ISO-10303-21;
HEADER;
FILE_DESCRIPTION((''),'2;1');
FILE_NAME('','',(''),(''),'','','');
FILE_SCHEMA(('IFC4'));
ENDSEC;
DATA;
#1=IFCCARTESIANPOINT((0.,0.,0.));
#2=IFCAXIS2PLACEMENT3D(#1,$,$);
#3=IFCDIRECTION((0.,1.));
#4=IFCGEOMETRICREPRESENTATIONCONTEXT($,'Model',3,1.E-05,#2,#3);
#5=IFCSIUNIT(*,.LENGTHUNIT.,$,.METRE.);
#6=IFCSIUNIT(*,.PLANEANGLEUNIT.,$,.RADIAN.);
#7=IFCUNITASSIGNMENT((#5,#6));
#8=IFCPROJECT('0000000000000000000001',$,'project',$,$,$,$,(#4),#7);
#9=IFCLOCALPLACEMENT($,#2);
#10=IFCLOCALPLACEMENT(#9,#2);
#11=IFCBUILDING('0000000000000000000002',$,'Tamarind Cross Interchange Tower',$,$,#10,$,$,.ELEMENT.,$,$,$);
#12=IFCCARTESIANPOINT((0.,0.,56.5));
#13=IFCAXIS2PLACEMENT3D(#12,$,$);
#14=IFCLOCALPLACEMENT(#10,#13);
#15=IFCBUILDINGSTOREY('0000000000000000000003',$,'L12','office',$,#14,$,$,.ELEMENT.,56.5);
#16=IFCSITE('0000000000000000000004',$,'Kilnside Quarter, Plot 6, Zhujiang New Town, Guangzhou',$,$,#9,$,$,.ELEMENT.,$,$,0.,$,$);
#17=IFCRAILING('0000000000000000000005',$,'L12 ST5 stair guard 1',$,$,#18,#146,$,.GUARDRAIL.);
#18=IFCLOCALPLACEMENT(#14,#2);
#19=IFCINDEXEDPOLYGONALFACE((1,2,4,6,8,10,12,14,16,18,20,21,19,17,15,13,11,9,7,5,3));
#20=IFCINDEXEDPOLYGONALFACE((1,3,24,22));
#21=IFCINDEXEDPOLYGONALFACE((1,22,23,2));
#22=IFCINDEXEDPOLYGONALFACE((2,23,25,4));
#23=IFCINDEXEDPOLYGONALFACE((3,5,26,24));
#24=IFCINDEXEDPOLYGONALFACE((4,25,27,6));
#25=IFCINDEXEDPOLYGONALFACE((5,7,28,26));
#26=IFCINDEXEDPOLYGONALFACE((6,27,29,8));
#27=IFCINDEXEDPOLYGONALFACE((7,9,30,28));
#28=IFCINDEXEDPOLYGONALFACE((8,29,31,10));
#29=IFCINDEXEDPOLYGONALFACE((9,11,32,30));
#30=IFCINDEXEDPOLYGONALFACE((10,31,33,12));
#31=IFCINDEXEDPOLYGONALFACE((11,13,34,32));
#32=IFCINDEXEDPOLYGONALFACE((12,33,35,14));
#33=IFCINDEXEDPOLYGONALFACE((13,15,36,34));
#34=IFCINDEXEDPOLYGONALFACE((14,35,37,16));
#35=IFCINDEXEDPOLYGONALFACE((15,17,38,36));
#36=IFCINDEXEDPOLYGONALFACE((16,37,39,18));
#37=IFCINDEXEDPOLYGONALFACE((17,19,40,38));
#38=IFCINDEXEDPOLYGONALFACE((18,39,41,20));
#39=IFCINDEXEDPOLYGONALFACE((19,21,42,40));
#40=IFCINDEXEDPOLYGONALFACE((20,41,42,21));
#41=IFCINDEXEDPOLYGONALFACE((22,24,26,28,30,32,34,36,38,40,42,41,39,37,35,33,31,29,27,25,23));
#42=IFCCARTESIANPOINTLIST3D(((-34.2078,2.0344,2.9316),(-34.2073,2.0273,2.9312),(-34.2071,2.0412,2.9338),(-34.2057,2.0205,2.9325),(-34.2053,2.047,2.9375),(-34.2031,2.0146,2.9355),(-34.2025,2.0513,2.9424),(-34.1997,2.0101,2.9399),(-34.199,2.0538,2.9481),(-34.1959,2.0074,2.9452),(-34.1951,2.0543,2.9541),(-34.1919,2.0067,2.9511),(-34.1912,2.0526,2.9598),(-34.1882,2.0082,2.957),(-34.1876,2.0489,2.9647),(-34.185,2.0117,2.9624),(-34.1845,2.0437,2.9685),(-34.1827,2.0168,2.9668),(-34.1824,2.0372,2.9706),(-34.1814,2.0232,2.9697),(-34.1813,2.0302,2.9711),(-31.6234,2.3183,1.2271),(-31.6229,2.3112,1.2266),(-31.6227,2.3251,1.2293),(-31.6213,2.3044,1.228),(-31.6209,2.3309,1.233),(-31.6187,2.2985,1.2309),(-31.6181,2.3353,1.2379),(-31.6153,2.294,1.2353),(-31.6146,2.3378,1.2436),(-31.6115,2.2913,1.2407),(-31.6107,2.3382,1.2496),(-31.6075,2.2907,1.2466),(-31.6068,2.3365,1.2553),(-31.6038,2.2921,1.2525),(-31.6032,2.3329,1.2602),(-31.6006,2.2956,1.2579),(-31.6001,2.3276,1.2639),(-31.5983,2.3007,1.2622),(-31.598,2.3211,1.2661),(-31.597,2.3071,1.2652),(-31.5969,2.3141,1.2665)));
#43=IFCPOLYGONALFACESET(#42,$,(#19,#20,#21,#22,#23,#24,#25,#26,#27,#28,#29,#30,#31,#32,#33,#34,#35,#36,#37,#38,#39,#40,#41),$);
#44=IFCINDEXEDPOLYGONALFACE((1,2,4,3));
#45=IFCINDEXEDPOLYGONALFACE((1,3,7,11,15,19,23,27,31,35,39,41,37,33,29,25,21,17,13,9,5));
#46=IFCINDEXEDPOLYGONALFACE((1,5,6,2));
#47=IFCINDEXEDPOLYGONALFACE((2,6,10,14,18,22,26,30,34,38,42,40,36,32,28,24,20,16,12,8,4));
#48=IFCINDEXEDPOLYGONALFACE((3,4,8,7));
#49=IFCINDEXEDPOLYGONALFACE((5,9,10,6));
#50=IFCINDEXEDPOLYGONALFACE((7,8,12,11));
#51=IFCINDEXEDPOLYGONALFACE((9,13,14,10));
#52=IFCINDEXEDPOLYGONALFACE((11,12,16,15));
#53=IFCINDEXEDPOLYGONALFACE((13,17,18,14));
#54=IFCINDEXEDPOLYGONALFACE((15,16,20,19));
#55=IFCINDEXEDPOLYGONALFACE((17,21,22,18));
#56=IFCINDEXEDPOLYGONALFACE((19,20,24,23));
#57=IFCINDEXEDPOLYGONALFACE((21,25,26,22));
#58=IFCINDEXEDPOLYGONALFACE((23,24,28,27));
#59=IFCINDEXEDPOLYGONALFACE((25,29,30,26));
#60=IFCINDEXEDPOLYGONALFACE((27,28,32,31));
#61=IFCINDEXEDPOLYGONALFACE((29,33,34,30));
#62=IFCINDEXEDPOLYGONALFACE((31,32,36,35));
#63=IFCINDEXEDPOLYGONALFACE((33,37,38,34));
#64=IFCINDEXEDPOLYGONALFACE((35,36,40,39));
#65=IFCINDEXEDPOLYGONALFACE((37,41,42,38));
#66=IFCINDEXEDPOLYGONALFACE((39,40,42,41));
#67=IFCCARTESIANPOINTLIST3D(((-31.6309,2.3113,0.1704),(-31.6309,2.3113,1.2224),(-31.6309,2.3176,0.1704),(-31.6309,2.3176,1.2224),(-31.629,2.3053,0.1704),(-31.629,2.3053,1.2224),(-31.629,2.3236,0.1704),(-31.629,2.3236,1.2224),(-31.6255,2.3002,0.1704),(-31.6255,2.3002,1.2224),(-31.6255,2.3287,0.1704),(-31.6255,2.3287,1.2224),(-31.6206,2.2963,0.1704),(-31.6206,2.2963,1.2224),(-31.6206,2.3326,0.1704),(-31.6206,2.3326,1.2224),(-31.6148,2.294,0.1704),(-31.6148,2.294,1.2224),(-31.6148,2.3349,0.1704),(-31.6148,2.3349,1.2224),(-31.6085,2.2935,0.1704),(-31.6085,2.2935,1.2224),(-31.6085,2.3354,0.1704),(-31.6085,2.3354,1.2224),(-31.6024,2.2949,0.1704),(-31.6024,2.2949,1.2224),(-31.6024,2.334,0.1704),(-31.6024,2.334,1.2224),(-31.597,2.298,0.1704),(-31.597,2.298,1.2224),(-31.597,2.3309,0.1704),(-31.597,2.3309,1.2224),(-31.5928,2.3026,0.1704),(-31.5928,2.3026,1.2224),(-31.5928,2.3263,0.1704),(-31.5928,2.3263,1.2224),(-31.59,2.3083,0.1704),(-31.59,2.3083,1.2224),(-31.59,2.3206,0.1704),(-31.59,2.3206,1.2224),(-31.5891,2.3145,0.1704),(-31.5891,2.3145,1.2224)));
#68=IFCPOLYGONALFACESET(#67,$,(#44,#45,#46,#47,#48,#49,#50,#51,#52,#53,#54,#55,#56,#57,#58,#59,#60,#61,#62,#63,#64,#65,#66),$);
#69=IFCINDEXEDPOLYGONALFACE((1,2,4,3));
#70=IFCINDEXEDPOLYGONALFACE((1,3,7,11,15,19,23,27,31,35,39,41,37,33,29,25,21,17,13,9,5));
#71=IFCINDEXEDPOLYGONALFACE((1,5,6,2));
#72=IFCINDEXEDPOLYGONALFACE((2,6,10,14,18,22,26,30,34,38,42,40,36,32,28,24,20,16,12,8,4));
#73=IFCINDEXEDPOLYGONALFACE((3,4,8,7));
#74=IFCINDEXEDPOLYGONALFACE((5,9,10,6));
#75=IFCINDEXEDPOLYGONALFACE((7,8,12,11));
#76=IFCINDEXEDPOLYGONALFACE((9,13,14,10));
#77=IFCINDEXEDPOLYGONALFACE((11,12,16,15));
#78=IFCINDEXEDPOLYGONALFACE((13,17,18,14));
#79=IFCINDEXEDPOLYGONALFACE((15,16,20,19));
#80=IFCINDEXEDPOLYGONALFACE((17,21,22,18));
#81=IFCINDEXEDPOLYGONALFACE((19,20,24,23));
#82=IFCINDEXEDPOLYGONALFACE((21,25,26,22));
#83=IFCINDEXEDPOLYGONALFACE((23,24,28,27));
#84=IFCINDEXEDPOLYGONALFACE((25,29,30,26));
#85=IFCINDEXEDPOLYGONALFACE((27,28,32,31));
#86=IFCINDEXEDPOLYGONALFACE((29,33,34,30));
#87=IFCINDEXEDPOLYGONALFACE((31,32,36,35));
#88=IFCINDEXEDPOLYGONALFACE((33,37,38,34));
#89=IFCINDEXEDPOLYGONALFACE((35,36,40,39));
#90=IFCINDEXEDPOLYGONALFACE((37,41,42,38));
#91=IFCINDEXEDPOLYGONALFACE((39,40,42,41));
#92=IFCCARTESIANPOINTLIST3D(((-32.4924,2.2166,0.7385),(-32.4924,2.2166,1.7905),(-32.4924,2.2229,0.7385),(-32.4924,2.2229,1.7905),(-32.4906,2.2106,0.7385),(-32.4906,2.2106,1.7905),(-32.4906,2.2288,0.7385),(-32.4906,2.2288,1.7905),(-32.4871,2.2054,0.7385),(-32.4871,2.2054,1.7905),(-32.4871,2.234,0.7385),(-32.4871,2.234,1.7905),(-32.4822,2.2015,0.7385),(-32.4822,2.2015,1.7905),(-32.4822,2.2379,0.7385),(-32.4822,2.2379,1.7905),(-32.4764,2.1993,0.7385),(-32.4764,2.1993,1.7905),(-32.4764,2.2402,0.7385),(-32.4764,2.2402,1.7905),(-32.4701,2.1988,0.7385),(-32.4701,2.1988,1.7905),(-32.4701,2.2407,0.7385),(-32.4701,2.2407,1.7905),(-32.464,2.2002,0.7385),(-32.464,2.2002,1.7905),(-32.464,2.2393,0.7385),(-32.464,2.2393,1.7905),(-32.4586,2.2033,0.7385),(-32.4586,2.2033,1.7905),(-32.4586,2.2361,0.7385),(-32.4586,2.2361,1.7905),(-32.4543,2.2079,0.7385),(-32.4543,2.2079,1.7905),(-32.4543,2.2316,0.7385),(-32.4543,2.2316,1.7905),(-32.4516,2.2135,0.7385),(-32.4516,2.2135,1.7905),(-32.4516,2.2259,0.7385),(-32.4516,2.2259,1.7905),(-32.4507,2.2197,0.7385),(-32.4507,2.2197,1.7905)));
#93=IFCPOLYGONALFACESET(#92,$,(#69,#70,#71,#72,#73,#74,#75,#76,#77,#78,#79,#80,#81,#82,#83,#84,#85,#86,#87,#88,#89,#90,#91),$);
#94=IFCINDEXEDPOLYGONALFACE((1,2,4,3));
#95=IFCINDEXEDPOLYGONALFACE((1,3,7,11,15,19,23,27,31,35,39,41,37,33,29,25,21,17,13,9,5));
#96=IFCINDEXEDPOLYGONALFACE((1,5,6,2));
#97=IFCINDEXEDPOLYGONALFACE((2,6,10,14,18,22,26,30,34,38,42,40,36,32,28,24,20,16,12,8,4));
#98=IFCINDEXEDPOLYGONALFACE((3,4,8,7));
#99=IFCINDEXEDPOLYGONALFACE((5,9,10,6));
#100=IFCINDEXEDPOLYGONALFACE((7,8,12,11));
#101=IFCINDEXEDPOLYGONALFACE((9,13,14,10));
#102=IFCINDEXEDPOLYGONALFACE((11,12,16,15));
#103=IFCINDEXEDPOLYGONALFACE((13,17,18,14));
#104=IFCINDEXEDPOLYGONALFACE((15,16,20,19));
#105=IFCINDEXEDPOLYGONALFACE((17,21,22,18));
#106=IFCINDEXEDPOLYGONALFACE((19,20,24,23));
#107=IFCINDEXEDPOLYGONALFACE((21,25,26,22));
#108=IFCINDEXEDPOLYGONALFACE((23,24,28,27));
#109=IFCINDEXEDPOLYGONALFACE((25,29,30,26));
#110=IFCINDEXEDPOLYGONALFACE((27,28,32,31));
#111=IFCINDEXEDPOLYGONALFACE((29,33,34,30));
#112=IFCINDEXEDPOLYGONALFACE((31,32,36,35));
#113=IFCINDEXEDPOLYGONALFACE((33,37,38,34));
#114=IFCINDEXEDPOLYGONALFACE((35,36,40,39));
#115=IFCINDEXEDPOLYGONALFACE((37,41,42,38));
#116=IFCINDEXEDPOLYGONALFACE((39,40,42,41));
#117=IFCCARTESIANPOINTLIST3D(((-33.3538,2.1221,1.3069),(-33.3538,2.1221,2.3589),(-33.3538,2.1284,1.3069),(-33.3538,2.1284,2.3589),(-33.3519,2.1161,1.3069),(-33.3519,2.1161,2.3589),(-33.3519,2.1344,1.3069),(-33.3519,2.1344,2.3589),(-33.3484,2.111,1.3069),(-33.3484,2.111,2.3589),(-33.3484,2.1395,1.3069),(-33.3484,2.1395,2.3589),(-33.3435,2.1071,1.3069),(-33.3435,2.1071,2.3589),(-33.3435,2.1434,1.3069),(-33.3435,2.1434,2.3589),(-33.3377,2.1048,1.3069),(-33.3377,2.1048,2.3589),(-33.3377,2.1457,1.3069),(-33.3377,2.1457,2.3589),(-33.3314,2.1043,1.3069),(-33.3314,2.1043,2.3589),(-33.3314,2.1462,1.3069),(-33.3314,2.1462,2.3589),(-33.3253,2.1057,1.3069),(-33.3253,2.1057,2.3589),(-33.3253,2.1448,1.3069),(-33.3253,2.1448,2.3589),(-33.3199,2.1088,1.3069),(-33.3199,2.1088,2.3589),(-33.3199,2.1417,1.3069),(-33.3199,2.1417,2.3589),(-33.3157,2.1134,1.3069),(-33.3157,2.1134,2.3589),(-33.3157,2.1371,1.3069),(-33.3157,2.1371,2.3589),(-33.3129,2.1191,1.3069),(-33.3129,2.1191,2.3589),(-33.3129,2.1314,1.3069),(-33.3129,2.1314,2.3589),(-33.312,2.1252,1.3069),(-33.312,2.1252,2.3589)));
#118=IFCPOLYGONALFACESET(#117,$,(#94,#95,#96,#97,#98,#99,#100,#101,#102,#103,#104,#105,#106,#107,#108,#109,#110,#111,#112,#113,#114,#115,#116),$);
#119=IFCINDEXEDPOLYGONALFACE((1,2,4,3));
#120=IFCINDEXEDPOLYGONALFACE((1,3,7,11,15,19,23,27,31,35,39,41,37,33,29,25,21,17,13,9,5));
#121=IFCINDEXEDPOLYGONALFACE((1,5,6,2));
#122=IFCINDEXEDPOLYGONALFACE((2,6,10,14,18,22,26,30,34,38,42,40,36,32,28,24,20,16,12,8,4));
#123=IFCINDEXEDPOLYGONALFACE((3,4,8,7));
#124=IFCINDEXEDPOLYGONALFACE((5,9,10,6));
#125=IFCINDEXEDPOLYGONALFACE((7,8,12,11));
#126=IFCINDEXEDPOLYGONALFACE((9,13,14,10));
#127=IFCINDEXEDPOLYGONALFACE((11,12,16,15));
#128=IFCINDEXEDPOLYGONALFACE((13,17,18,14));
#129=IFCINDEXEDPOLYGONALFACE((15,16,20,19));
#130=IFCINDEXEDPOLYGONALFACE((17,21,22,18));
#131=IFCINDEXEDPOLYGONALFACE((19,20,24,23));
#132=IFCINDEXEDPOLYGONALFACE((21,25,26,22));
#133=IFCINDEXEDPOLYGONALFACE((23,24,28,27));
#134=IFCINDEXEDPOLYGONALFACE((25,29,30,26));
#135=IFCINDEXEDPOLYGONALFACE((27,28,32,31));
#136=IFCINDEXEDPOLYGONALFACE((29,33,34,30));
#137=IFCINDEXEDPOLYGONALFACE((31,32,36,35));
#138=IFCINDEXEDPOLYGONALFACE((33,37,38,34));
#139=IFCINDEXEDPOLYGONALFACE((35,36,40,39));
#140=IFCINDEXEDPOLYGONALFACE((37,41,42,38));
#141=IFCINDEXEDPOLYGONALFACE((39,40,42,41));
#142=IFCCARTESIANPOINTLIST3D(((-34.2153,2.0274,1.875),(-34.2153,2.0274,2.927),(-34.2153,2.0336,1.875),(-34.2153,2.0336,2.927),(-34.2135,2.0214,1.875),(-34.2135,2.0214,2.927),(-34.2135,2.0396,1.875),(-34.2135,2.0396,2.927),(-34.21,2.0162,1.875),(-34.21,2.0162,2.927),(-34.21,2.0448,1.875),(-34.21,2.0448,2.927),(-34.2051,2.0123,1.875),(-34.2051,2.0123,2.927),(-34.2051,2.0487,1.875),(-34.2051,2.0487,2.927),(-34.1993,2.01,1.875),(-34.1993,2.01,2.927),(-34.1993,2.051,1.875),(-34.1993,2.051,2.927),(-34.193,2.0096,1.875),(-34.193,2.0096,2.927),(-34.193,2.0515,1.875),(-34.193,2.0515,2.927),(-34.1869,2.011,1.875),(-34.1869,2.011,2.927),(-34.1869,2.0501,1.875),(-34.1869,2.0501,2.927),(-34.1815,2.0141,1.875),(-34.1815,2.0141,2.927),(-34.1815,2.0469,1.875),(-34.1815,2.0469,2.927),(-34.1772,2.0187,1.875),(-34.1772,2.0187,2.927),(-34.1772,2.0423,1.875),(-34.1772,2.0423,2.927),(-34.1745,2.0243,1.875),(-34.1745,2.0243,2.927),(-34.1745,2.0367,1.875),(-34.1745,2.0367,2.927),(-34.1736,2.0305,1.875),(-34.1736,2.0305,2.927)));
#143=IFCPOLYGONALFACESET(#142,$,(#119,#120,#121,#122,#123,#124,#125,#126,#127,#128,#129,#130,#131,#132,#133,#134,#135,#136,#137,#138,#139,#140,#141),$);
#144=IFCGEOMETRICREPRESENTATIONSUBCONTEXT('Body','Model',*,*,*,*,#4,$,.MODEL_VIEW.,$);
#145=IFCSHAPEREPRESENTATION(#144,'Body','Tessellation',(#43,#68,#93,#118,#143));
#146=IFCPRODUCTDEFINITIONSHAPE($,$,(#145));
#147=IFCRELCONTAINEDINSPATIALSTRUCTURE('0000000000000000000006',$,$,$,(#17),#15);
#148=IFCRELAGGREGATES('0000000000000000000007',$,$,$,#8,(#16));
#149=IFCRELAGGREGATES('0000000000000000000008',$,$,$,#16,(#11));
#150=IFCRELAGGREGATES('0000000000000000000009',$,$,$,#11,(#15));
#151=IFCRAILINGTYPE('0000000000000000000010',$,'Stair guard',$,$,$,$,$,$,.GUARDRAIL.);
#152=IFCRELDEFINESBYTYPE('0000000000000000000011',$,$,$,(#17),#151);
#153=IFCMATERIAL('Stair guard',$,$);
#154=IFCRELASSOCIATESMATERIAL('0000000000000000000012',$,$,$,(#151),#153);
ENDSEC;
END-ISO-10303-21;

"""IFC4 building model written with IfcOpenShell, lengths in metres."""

from ifc_helpers import new_model, si_unit, direction, frame, origin, origin_2d, place, context, subcontext, project, spatial, circle, extrude, material, type_object, element, save


model = new_model("IFC4")

# Units and contexts
model_context = context("Model", 3, precision=1e-05, world=origin(), true_north=direction((0.0, 1.0)))
body_context = subcontext(model_context, "Body", "Model", "MODEL_VIEW")
ifc_project = project(units=[si_unit("LENGTHUNIT", "METRE"), si_unit("PLANEANGLEUNIT", "RADIAN")], contexts=[model_context])

# Site, building, storey
site_placement = place(None, origin())
site = spatial("IfcSite", under=ifc_project, at=site_placement, Name="Kilnside Quarter, Plot 6, Zhujiang New Town, Guangzhou", CompositionType="ELEMENT", RefElevation=0.0)
building_placement = place(site_placement, origin())
building = spatial("IfcBuilding", under=site, at=building_placement, Name="Tamarind Cross Interchange Tower", CompositionType="ELEMENT")
storey_placement = place(building_placement, frame((0.0, 0.0, 56.5)))
storey = spatial("IfcBuildingStorey", under=building, at=storey_placement, Name="L12", Description="office", CompositionType="ELEMENT", Elevation=56.5)

# Railing
ifc_material_1 = material(Name="Stair guard")
railing_type_1 = type_object("IfcRailingType", Name="Stair guard", PredefinedType="GUARDRAIL", material=ifc_material_1)
railing_1_placement = place(storey_placement, frame((-31.6101, 2.3145, 0.1704)))
element("IfcRailing", 1, at=railing_1_placement, inside=storey, type_object=railing_type_1, Name="L12 ST5 stair guard 1", PredefinedType="GUARDRAIL", context=body_context, shape_type="SweptSolid", body=[
    extrude(circle(Radius=0.0239, at=origin_2d()), frame((0.0, 0.0, 1.0762), z_axis=(-0.831293, -0.091328, 0.54828), x_axis=(0.109205, -0.994019, 0.0)), (0.0, 0.0, 1.0), 3.1089),
    extrude(circle(Radius=0.021, at=origin_2d()), origin(), (0.0, 0.0, 1.0), 1.052),
    extrude(circle(Radius=0.021, at=origin_2d()), frame((-0.8616, -0.0947, 0.5681)), (0.0, 0.0, 1.0), 1.052),
    extrude(circle(Radius=0.021, at=origin_2d()), frame((-1.7229, -0.1892, 1.1365)), (0.0, 0.0, 1.0), 1.052),
    extrude(circle(Radius=0.021, at=origin_2d()), frame((-2.5845, -0.2839, 1.7046)), (0.0, 0.0, 1.0), 1.052),
])

save(model, "model.ifc")
